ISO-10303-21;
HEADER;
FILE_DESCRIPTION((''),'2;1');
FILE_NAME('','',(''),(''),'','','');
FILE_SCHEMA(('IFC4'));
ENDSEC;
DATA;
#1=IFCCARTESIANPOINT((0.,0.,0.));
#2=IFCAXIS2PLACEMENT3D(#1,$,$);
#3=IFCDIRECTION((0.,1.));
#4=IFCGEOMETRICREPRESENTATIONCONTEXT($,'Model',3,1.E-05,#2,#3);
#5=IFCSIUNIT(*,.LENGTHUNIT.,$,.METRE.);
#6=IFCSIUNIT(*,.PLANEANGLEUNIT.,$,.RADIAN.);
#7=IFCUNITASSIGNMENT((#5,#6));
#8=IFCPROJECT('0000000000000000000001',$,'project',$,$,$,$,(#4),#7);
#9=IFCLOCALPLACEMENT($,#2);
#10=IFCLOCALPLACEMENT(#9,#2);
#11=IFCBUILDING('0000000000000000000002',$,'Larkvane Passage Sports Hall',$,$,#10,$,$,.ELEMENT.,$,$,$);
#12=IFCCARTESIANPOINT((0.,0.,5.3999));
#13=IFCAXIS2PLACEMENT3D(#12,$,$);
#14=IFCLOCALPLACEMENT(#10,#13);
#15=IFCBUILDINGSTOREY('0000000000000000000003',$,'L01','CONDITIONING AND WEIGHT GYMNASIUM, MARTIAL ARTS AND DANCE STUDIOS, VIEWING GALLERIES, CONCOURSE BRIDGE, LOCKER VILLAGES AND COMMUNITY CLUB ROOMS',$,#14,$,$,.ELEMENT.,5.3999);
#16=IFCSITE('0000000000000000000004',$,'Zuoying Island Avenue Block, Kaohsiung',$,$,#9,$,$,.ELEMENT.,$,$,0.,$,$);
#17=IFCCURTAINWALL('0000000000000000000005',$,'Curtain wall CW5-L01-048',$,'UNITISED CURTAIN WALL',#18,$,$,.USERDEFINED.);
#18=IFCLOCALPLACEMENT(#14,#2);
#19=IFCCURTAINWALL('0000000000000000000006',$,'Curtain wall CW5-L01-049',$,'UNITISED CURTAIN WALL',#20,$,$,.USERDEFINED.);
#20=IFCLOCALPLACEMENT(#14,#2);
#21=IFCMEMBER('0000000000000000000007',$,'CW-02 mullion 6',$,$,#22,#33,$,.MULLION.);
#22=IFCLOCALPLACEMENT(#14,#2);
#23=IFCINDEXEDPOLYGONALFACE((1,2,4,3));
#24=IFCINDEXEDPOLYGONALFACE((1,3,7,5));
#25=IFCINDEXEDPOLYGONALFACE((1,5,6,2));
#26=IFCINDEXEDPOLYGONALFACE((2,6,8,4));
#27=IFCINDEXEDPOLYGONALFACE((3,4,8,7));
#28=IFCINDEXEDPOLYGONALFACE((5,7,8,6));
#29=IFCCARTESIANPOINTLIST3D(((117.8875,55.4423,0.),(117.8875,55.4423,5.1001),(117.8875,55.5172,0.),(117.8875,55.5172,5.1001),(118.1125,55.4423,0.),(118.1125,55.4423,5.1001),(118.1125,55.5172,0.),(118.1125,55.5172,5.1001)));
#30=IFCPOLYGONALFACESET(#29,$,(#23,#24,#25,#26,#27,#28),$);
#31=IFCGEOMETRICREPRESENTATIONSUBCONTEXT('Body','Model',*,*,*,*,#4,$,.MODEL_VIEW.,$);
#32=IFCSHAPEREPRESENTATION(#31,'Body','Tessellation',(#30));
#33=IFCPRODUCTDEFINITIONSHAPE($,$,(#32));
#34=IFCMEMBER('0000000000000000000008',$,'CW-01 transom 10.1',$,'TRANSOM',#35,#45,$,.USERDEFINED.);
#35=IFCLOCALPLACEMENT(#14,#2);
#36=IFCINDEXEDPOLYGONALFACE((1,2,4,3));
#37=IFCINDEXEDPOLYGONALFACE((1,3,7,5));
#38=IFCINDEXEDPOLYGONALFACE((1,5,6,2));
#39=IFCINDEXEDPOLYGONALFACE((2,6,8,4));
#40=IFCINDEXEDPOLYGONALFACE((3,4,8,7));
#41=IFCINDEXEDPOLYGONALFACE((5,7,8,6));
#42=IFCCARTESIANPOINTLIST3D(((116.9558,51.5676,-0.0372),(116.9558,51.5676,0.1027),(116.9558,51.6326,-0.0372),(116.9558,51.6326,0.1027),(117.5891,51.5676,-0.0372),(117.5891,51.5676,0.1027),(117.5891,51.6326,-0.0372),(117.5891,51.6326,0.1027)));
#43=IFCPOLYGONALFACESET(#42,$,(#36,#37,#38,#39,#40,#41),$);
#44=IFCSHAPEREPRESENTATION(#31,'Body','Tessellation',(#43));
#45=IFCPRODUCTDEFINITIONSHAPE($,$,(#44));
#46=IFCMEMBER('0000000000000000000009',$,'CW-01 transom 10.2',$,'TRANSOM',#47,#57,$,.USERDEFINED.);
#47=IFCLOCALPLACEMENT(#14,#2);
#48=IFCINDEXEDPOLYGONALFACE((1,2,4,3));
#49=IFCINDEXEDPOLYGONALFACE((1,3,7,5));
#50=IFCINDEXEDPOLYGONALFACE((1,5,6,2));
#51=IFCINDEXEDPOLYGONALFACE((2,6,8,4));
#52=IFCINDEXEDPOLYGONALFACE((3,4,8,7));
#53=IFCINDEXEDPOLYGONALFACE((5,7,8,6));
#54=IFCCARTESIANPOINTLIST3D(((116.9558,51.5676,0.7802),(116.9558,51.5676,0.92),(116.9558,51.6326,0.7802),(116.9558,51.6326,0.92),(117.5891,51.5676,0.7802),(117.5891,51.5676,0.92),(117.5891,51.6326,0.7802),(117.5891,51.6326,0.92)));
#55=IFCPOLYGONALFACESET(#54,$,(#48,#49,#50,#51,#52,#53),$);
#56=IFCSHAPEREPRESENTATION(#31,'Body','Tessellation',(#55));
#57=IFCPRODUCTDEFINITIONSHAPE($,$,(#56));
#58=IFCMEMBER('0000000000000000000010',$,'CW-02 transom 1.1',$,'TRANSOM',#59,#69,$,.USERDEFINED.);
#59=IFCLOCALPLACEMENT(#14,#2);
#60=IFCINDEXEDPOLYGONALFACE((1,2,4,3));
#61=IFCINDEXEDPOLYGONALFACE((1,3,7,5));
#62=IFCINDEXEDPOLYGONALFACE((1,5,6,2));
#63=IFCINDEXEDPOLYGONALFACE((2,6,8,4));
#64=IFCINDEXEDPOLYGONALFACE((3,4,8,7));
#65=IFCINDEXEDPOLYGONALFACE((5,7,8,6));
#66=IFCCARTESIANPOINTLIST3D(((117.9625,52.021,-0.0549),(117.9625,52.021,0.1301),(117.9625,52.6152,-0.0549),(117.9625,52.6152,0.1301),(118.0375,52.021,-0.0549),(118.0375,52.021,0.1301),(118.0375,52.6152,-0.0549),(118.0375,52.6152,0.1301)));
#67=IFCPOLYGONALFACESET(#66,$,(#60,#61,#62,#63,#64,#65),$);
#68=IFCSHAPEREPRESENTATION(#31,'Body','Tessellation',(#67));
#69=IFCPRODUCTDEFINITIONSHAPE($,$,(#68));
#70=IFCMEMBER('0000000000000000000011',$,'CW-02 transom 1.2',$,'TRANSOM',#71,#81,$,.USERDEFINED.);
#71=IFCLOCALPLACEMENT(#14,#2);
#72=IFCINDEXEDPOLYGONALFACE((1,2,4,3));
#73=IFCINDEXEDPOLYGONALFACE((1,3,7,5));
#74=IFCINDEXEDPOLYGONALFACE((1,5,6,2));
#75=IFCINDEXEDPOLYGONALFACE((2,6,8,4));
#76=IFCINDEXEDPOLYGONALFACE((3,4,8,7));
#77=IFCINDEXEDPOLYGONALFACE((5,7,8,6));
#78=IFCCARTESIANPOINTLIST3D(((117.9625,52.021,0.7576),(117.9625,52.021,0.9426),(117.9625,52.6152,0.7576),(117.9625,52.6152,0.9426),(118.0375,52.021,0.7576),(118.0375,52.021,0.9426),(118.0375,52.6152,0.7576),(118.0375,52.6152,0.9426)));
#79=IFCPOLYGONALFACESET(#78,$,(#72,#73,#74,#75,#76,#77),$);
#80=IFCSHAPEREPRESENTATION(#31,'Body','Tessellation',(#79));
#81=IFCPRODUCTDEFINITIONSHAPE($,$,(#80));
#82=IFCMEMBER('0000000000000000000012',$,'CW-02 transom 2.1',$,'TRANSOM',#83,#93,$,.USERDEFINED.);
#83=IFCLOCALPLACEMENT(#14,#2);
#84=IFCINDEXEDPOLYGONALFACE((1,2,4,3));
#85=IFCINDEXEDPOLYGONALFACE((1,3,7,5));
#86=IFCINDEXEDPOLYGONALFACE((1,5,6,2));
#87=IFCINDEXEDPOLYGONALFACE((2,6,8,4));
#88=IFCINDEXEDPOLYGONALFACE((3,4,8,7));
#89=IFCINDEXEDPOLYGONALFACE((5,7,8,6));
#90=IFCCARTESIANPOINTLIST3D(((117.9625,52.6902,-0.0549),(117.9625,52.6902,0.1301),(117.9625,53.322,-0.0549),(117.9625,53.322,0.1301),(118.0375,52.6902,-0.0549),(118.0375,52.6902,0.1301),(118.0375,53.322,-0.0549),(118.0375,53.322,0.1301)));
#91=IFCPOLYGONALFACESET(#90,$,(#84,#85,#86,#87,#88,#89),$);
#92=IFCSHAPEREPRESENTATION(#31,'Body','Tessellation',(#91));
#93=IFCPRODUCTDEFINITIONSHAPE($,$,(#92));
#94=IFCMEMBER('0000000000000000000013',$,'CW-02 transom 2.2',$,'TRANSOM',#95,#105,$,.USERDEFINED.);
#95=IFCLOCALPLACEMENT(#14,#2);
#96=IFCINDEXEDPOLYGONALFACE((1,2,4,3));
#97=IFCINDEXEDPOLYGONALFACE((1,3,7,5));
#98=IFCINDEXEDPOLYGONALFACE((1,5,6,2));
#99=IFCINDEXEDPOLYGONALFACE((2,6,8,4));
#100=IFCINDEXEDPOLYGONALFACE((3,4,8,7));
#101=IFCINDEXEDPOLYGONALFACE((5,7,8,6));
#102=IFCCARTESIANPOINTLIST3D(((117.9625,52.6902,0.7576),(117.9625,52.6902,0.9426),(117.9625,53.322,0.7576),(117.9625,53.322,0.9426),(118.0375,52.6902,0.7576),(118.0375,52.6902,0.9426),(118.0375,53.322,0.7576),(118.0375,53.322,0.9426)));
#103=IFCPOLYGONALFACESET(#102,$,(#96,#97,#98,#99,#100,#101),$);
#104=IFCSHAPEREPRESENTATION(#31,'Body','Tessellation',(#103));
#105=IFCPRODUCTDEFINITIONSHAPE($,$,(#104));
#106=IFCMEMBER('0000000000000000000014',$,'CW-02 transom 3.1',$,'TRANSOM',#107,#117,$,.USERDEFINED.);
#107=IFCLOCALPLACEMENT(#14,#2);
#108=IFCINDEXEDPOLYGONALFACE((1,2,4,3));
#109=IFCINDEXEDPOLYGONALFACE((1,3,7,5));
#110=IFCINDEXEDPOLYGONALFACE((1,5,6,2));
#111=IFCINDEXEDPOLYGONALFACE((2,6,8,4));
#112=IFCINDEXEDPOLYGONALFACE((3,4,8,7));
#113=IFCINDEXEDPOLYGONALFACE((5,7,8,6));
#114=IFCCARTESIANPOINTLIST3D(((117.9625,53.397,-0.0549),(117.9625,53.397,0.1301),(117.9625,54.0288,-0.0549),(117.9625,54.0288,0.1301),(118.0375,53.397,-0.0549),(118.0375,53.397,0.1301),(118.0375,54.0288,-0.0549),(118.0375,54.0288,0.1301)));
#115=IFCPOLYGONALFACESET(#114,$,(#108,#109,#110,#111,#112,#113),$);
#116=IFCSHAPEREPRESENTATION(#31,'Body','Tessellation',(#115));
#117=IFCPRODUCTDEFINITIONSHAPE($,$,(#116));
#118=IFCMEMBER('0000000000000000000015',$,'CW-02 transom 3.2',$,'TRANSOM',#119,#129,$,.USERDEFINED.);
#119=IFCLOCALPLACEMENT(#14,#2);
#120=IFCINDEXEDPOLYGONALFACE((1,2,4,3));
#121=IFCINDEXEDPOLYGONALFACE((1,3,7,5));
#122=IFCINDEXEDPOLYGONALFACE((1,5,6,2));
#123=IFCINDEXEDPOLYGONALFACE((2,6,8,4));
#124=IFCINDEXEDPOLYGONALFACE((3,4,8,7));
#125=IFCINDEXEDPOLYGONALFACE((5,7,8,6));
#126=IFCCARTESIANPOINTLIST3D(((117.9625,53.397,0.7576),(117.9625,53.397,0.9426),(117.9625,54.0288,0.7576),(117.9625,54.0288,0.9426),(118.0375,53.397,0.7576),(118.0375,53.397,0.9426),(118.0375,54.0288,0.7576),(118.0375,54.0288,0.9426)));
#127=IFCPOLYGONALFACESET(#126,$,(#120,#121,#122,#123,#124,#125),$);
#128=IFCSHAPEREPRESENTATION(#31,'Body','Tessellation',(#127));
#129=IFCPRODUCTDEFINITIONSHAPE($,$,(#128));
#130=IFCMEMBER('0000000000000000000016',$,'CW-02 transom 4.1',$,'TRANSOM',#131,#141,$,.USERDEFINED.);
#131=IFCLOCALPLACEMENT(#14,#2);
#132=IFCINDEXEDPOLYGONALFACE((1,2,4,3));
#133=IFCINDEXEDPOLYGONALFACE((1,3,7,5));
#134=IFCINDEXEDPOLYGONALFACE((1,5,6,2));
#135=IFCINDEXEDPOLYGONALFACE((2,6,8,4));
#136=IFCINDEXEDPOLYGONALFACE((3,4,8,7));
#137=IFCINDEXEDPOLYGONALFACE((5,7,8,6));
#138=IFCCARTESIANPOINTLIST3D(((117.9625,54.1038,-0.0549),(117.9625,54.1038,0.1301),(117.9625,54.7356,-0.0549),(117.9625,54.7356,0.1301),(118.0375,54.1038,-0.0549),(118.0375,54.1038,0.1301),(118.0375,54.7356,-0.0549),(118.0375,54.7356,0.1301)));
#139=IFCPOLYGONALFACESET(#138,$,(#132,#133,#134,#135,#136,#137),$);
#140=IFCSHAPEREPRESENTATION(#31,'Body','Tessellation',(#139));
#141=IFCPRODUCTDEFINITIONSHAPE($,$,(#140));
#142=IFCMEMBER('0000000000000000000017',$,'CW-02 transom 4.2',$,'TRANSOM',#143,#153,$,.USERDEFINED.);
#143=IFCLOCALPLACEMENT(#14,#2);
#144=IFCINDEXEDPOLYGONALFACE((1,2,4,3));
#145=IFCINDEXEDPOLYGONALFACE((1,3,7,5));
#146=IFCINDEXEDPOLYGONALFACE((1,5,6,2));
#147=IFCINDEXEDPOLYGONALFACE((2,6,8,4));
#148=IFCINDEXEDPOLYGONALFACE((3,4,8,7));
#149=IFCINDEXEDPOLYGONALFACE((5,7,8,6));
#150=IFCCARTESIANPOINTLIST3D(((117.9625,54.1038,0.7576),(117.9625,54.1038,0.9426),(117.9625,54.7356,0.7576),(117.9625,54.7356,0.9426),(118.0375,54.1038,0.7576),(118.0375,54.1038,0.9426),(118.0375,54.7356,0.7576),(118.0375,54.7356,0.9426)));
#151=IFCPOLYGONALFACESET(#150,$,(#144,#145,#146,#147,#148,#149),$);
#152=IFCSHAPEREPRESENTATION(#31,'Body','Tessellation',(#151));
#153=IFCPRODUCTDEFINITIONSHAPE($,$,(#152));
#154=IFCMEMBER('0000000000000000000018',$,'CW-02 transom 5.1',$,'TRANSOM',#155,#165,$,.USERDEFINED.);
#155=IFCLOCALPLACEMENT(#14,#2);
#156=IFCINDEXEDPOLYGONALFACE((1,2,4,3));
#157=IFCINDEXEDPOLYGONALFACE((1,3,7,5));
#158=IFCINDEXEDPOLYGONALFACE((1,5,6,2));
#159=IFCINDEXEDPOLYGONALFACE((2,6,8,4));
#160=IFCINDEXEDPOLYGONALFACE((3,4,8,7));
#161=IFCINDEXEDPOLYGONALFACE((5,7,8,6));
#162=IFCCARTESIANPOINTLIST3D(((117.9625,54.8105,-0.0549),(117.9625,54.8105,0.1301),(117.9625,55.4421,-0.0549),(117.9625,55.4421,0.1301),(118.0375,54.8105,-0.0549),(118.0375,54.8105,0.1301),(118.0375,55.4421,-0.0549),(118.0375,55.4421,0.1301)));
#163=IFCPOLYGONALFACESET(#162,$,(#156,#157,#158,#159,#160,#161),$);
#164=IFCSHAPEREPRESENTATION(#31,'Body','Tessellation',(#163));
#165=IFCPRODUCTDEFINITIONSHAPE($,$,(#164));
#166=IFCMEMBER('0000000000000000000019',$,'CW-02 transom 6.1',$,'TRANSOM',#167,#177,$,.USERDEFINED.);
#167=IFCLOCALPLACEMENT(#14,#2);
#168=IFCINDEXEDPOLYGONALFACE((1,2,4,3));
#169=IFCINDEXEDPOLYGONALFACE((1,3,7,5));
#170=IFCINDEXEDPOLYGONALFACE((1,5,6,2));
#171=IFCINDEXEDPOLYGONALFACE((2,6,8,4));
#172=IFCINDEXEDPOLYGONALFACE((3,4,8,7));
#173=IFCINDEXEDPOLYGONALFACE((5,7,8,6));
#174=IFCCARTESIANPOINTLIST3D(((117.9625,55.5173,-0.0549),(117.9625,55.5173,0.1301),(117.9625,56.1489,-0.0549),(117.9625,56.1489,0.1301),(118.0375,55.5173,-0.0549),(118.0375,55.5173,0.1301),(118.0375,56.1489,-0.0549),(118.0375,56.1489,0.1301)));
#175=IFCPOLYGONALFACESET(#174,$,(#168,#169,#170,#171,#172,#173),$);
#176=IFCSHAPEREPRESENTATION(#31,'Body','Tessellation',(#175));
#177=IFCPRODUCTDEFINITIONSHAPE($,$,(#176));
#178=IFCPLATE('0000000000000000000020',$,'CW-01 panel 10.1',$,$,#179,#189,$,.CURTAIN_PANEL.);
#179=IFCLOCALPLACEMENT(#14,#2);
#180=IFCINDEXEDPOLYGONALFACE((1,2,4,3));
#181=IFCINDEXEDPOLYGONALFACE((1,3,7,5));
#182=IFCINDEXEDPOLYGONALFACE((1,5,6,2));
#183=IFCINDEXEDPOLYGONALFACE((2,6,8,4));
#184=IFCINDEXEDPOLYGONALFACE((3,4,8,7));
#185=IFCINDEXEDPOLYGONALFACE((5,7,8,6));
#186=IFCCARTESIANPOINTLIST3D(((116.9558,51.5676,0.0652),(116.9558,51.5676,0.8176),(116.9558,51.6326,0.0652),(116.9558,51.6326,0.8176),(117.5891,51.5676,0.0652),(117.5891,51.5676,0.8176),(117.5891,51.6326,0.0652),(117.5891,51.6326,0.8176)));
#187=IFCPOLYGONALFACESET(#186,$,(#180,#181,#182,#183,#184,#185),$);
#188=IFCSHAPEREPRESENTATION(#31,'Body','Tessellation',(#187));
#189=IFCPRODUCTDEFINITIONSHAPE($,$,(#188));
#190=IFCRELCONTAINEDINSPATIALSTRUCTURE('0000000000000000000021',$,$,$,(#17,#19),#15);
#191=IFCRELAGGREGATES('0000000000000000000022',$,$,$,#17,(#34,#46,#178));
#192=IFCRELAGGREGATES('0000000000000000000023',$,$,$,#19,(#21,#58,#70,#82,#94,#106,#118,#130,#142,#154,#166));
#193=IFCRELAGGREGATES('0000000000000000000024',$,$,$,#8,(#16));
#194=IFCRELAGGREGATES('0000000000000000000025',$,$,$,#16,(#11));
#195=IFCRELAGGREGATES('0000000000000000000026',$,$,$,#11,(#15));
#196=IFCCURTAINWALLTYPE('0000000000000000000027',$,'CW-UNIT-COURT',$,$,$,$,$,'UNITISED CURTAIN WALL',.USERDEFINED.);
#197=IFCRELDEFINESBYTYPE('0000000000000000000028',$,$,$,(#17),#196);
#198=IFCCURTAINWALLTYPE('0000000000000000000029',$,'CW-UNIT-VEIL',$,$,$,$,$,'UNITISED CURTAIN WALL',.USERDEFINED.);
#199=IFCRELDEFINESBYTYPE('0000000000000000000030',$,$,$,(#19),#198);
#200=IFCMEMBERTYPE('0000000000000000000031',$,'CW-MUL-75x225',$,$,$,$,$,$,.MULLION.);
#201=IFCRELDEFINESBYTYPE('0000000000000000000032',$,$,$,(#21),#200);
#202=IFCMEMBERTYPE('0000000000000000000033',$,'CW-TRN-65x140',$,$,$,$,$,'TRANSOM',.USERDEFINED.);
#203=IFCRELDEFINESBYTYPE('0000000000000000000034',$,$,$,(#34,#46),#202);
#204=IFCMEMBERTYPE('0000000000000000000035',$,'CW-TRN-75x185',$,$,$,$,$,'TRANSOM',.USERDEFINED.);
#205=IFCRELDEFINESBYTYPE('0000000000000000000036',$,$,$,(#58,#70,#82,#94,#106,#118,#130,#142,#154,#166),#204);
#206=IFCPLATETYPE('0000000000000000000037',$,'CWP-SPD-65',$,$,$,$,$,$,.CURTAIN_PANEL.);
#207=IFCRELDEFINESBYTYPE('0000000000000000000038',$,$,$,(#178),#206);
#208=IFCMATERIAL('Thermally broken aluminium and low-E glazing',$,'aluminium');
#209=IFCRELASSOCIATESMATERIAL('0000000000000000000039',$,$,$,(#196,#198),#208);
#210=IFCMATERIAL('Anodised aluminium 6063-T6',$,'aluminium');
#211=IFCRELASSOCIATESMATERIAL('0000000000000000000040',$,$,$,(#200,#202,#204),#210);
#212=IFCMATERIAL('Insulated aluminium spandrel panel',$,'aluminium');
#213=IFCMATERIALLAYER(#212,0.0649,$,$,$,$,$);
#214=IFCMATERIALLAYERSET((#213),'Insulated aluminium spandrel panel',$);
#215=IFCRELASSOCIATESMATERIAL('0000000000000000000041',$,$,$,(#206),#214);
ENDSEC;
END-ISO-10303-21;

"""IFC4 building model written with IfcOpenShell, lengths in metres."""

from ifc_helpers import new_model, si_unit, direction, frame, origin, origin_2d, place, context, subcontext, project, spatial, rectangle, extrude, material, layer, layer_set, material_profile, profile_set, type_object, element, aggregate, save


model = new_model("IFC4")

# Units and contexts
model_context = context("Model", 3, precision=1e-05, world=origin(), true_north=direction((0.0, 1.0)))
body_context = subcontext(model_context, "Body", "Model", "MODEL_VIEW")
ifc_project = project(units=[si_unit("LENGTHUNIT", "METRE"), si_unit("PLANEANGLEUNIT", "RADIAN")], contexts=[model_context])

# Site, building, storey
site_placement = place(None, origin())
site = spatial("IfcSite", under=ifc_project, at=site_placement, Name="Zuoying Island Avenue Block, Kaohsiung", CompositionType="ELEMENT", RefElevation=0.0)
building_placement = place(site_placement, origin())
building = spatial("IfcBuilding", under=site, at=building_placement, Name="Larkvane Passage Sports Hall", CompositionType="ELEMENT")
storey_placement = place(building_placement, frame((0.0, 0.0, 5.3999)))
storey = spatial("IfcBuildingStorey", under=building, at=storey_placement, Name="L01", Description="CONDITIONING AND WEIGHT GYMNASIUM, MARTIAL ARTS AND DANCE STUDIOS, VIEWING GALLERIES, CONCOURSE BRIDGE, LOCKER VILLAGES AND COMMUNITY CLUB ROOMS", CompositionType="ELEMENT", Elevation=5.3999)

# Curtain walls, member
ifc_material_1 = material(Name="Thermally broken aluminium and low-E glazing", Category="aluminium")
curtain_wall_type_1 = type_object("IfcCurtainWallType", Name="CW-UNIT-COURT", ElementType="UNITISED CURTAIN WALL", PredefinedType="USERDEFINED", material=ifc_material_1)
curtain_wall_1_placement = place(storey_placement, origin())
curtain_wall_1 = element("IfcCurtainWall", 1, at=curtain_wall_1_placement, inside=storey, type_object=curtain_wall_type_1, Name="Curtain wall CW5-L01-048", ObjectType="UNITISED CURTAIN WALL", PredefinedType="USERDEFINED")
ifc_material_2 = material(Name="Anodised aluminium 6063-T6", Category="aluminium")
curtain_wall_type_2 = type_object("IfcCurtainWallType", Name="CW-UNIT-VEIL", ElementType="UNITISED CURTAIN WALL", PredefinedType="USERDEFINED", material=ifc_material_1)
curtain_wall_2_placement = place(storey_placement, origin())
curtain_wall_2 = element("IfcCurtainWall", 2, at=curtain_wall_2_placement, inside=storey, type_object=curtain_wall_type_2, Name="Curtain wall CW5-L01-049", ObjectType="UNITISED CURTAIN WALL", PredefinedType="USERDEFINED")
ifc_material_profile_1 = material_profile(ifc_material_2, rectangle(XDim=0.075, YDim=0.2251, at=origin_2d()), Name="ALU-MUL-75x225")
ifc_profile_set_1 = profile_set([ifc_material_profile_1], Name="Anodised aluminium 6063-T6")
member_type_1 = type_object("IfcMemberType", Name="CW-MUL-75x225", PredefinedType="MULLION", material=ifc_profile_set_1)
member_1_placement = place(storey_placement, frame((118.0, 55.4797, 0.0), z_axis=(0.0, 0.0, 1.0), x_axis=(0.0, 1.0, 0.0)))
member_1 = element("IfcMember", 3, at=member_1_placement, type_object=member_type_1, Name="CW-02 mullion 6", PredefinedType="MULLION", context=body_context, shape_type="SweptSolid", body=[
    extrude(rectangle(XDim=0.075, YDim=0.2251, at=origin_2d()), origin(), (0.0, 0.0, 1.0), 5.1001),
])

# Members
ifc_material_profile_2 = material_profile(ifc_material_2, rectangle(XDim=0.0649, YDim=0.1399, at=origin_2d()), Name="ALU-TRN-65x140")
ifc_profile_set_2 = profile_set([ifc_material_profile_2], Name="Anodised aluminium 6063-T6")
member_type_2 = type_object("IfcMemberType", Name="CW-TRN-65x140", ElementType="TRANSOM", PredefinedType="USERDEFINED", material=ifc_profile_set_2)
member_2_placement = place(storey_placement, frame((116.9558, 51.6001, 0.0327), z_axis=(1.0, 0.0, 0.0), x_axis=(0.0, 1.0, 0.0)))
member_2 = element("IfcMember", 4, at=member_2_placement, type_object=member_type_2, Name="CW-01 transom 10.1", ObjectType="TRANSOM", PredefinedType="USERDEFINED", context=body_context, shape_type="SweptSolid", body=[
    extrude(rectangle(XDim=0.0649, YDim=0.1399, at=origin_2d()), origin(), (0.0, 0.0, 1.0), 0.6333),
])
member_3_placement = place(storey_placement, frame((116.9558, 51.6001, 0.8501), z_axis=(1.0, 0.0, 0.0), x_axis=(0.0, 1.0, 0.0)))
member_3 = element("IfcMember", 5, at=member_3_placement, type_object=member_type_2, Name="CW-01 transom 10.2", ObjectType="TRANSOM", PredefinedType="USERDEFINED", context=body_context, shape_type="SweptSolid", body=[
    extrude(rectangle(XDim=0.0649, YDim=0.1399, at=origin_2d()), origin(), (0.0, 0.0, 1.0), 0.6333),
])
ifc_material_profile_3 = material_profile(ifc_material_2, rectangle(XDim=0.075, YDim=0.1851, at=origin_2d()), Name="ALU-TRN-75x185")
ifc_profile_set_3 = profile_set([ifc_material_profile_3], Name="Anodised aluminium 6063-T6")
member_type_3 = type_object("IfcMemberType", Name="CW-TRN-75x185", ElementType="TRANSOM", PredefinedType="USERDEFINED", material=ifc_profile_set_3)
member_4_placement = place(storey_placement, frame((118.0, 52.021, 0.0376), z_axis=(0.0, 1.0, 0.0), x_axis=(-1.0, 0.0, 0.0)))
member_4 = element("IfcMember", 6, at=member_4_placement, type_object=member_type_3, Name="CW-02 transom 1.1", ObjectType="TRANSOM", PredefinedType="USERDEFINED", context=body_context, shape_type="SweptSolid", body=[
    extrude(rectangle(XDim=0.075, YDim=0.1851, at=origin_2d()), origin(), (0.0, 0.0, 1.0), 0.5942),
])
member_5_placement = place(storey_placement, frame((118.0, 52.021, 0.8501), z_axis=(0.0, 1.0, 0.0), x_axis=(-1.0, 0.0, 0.0)))
member_5 = element("IfcMember", 7, at=member_5_placement, type_object=member_type_3, Name="CW-02 transom 1.2", ObjectType="TRANSOM", PredefinedType="USERDEFINED", context=body_context, shape_type="SweptSolid", body=[
    extrude(rectangle(XDim=0.075, YDim=0.1851, at=origin_2d()), origin(), (0.0, 0.0, 1.0), 0.5942),
])
member_6_placement = place(storey_placement, frame((118.0, 52.6902, 0.0376), z_axis=(0.0, 1.0, 0.0), x_axis=(-1.0, 0.0, 0.0)))
member_6 = element("IfcMember", 8, at=member_6_placement, type_object=member_type_3, Name="CW-02 transom 2.1", ObjectType="TRANSOM", PredefinedType="USERDEFINED", context=body_context, shape_type="SweptSolid", body=[
    extrude(rectangle(XDim=0.075, YDim=0.1851, at=origin_2d()), origin(), (0.0, 0.0, 1.0), 0.6318),
])
member_7_placement = place(storey_placement, frame((118.0, 52.6902, 0.8501), z_axis=(0.0, 1.0, 0.0), x_axis=(-1.0, 0.0, 0.0)))
member_7 = element("IfcMember", 9, at=member_7_placement, type_object=member_type_3, Name="CW-02 transom 2.2", ObjectType="TRANSOM", PredefinedType="USERDEFINED", context=body_context, shape_type="SweptSolid", body=[
    extrude(rectangle(XDim=0.075, YDim=0.1851, at=origin_2d()), origin(), (0.0, 0.0, 1.0), 0.6318),
])
member_8_placement = place(storey_placement, frame((118.0, 53.397, 0.0376), z_axis=(0.0, 1.0, 0.0), x_axis=(-1.0, 0.0, 0.0)))
member_8 = element("IfcMember", 10, at=member_8_placement, type_object=member_type_3, Name="CW-02 transom 3.1", ObjectType="TRANSOM", PredefinedType="USERDEFINED", context=body_context, shape_type="SweptSolid", body=[
    extrude(rectangle(XDim=0.075, YDim=0.1851, at=origin_2d()), origin(), (0.0, 0.0, 1.0), 0.6318),
])
member_9_placement = place(storey_placement, frame((118.0, 53.397, 0.8501), z_axis=(0.0, 1.0, 0.0), x_axis=(-1.0, 0.0, 0.0)))
member_9 = element("IfcMember", 11, at=member_9_placement, type_object=member_type_3, Name="CW-02 transom 3.2", ObjectType="TRANSOM", PredefinedType="USERDEFINED", context=body_context, shape_type="SweptSolid", body=[
    extrude(rectangle(XDim=0.075, YDim=0.1851, at=origin_2d()), origin(), (0.0, 0.0, 1.0), 0.6318),
])
member_10_placement = place(storey_placement, frame((118.0, 54.1038, 0.0376), z_axis=(0.0, 1.0, 0.0), x_axis=(-1.0, 0.0, 0.0)))
member_10 = element("IfcMember", 12, at=member_10_placement, type_object=member_type_3, Name="CW-02 transom 4.1", ObjectType="TRANSOM", PredefinedType="USERDEFINED", context=body_context, shape_type="SweptSolid", body=[
    extrude(rectangle(XDim=0.075, YDim=0.1851, at=origin_2d()), origin(), (0.0, 0.0, 1.0), 0.6318),
])
member_11_placement = place(storey_placement, frame((118.0, 54.1038, 0.8501), z_axis=(0.0, 1.0, 0.0), x_axis=(-1.0, 0.0, 0.0)))
member_11 = element("IfcMember", 13, at=member_11_placement, type_object=member_type_3, Name="CW-02 transom 4.2", ObjectType="TRANSOM", PredefinedType="USERDEFINED", context=body_context, shape_type="SweptSolid", body=[
    extrude(rectangle(XDim=0.075, YDim=0.1851, at=origin_2d()), origin(), (0.0, 0.0, 1.0), 0.6318),
])
member_12_placement = place(storey_placement, frame((118.0, 54.8105, 0.0376), z_axis=(0.0, 1.0, 0.0), x_axis=(-1.0, 0.0, 0.0)))
member_12 = element("IfcMember", 14, at=member_12_placement, type_object=member_type_3, Name="CW-02 transom 5.1", ObjectType="TRANSOM", PredefinedType="USERDEFINED", context=body_context, shape_type="SweptSolid", body=[
    extrude(rectangle(XDim=0.075, YDim=0.1851, at=origin_2d()), origin(), (0.0, 0.0, 1.0), 0.6316),
])
member_13_placement = place(storey_placement, frame((118.0, 55.5173, 0.0376), z_axis=(0.0, 1.0, 0.0), x_axis=(-1.0, 0.0, 0.0)))
member_13 = element("IfcMember", 15, at=member_13_placement, type_object=member_type_3, Name="CW-02 transom 6.1", ObjectType="TRANSOM", PredefinedType="USERDEFINED", context=body_context, shape_type="SweptSolid", body=[
    extrude(rectangle(XDim=0.075, YDim=0.1851, at=origin_2d()), origin(), (0.0, 0.0, 1.0), 0.6316),
])

# Plate
ifc_material_3 = material(Name="Insulated aluminium spandrel panel", Category="aluminium")
ifc_layer_1 = layer(ifc_material_3, 0.0649)
ifc_layer_set_1 = layer_set([ifc_layer_1], Name="Insulated aluminium spandrel panel")
plate_type_1 = type_object("IfcPlateType", Name="CWP-SPD-65", PredefinedType="CURTAIN_PANEL", material=ifc_layer_set_1)
plate_1_placement = place(storey_placement, frame((117.2725, 51.6001, 0.0652), z_axis=(0.0, 0.0, 1.0), x_axis=(1.0, 0.0, 0.0)))
plate_1 = element("IfcPlate", 16, at=plate_1_placement, type_object=plate_type_1, Name="CW-01 panel 10.1", PredefinedType="CURTAIN_PANEL", context=body_context, shape_type="SweptSolid", body=[
    extrude(rectangle(XDim=0.6333, YDim=0.0649, at=origin_2d()), origin(), (0.0, 0.0, 1.0), 0.7524),
])
aggregate(curtain_wall_1, [member_2, member_3, plate_1])
aggregate(curtain_wall_2, [member_1, member_4, member_5, member_6, member_7, member_8, member_9, member_10, member_11, member_12, member_13])

save(model, "model.ifc")
